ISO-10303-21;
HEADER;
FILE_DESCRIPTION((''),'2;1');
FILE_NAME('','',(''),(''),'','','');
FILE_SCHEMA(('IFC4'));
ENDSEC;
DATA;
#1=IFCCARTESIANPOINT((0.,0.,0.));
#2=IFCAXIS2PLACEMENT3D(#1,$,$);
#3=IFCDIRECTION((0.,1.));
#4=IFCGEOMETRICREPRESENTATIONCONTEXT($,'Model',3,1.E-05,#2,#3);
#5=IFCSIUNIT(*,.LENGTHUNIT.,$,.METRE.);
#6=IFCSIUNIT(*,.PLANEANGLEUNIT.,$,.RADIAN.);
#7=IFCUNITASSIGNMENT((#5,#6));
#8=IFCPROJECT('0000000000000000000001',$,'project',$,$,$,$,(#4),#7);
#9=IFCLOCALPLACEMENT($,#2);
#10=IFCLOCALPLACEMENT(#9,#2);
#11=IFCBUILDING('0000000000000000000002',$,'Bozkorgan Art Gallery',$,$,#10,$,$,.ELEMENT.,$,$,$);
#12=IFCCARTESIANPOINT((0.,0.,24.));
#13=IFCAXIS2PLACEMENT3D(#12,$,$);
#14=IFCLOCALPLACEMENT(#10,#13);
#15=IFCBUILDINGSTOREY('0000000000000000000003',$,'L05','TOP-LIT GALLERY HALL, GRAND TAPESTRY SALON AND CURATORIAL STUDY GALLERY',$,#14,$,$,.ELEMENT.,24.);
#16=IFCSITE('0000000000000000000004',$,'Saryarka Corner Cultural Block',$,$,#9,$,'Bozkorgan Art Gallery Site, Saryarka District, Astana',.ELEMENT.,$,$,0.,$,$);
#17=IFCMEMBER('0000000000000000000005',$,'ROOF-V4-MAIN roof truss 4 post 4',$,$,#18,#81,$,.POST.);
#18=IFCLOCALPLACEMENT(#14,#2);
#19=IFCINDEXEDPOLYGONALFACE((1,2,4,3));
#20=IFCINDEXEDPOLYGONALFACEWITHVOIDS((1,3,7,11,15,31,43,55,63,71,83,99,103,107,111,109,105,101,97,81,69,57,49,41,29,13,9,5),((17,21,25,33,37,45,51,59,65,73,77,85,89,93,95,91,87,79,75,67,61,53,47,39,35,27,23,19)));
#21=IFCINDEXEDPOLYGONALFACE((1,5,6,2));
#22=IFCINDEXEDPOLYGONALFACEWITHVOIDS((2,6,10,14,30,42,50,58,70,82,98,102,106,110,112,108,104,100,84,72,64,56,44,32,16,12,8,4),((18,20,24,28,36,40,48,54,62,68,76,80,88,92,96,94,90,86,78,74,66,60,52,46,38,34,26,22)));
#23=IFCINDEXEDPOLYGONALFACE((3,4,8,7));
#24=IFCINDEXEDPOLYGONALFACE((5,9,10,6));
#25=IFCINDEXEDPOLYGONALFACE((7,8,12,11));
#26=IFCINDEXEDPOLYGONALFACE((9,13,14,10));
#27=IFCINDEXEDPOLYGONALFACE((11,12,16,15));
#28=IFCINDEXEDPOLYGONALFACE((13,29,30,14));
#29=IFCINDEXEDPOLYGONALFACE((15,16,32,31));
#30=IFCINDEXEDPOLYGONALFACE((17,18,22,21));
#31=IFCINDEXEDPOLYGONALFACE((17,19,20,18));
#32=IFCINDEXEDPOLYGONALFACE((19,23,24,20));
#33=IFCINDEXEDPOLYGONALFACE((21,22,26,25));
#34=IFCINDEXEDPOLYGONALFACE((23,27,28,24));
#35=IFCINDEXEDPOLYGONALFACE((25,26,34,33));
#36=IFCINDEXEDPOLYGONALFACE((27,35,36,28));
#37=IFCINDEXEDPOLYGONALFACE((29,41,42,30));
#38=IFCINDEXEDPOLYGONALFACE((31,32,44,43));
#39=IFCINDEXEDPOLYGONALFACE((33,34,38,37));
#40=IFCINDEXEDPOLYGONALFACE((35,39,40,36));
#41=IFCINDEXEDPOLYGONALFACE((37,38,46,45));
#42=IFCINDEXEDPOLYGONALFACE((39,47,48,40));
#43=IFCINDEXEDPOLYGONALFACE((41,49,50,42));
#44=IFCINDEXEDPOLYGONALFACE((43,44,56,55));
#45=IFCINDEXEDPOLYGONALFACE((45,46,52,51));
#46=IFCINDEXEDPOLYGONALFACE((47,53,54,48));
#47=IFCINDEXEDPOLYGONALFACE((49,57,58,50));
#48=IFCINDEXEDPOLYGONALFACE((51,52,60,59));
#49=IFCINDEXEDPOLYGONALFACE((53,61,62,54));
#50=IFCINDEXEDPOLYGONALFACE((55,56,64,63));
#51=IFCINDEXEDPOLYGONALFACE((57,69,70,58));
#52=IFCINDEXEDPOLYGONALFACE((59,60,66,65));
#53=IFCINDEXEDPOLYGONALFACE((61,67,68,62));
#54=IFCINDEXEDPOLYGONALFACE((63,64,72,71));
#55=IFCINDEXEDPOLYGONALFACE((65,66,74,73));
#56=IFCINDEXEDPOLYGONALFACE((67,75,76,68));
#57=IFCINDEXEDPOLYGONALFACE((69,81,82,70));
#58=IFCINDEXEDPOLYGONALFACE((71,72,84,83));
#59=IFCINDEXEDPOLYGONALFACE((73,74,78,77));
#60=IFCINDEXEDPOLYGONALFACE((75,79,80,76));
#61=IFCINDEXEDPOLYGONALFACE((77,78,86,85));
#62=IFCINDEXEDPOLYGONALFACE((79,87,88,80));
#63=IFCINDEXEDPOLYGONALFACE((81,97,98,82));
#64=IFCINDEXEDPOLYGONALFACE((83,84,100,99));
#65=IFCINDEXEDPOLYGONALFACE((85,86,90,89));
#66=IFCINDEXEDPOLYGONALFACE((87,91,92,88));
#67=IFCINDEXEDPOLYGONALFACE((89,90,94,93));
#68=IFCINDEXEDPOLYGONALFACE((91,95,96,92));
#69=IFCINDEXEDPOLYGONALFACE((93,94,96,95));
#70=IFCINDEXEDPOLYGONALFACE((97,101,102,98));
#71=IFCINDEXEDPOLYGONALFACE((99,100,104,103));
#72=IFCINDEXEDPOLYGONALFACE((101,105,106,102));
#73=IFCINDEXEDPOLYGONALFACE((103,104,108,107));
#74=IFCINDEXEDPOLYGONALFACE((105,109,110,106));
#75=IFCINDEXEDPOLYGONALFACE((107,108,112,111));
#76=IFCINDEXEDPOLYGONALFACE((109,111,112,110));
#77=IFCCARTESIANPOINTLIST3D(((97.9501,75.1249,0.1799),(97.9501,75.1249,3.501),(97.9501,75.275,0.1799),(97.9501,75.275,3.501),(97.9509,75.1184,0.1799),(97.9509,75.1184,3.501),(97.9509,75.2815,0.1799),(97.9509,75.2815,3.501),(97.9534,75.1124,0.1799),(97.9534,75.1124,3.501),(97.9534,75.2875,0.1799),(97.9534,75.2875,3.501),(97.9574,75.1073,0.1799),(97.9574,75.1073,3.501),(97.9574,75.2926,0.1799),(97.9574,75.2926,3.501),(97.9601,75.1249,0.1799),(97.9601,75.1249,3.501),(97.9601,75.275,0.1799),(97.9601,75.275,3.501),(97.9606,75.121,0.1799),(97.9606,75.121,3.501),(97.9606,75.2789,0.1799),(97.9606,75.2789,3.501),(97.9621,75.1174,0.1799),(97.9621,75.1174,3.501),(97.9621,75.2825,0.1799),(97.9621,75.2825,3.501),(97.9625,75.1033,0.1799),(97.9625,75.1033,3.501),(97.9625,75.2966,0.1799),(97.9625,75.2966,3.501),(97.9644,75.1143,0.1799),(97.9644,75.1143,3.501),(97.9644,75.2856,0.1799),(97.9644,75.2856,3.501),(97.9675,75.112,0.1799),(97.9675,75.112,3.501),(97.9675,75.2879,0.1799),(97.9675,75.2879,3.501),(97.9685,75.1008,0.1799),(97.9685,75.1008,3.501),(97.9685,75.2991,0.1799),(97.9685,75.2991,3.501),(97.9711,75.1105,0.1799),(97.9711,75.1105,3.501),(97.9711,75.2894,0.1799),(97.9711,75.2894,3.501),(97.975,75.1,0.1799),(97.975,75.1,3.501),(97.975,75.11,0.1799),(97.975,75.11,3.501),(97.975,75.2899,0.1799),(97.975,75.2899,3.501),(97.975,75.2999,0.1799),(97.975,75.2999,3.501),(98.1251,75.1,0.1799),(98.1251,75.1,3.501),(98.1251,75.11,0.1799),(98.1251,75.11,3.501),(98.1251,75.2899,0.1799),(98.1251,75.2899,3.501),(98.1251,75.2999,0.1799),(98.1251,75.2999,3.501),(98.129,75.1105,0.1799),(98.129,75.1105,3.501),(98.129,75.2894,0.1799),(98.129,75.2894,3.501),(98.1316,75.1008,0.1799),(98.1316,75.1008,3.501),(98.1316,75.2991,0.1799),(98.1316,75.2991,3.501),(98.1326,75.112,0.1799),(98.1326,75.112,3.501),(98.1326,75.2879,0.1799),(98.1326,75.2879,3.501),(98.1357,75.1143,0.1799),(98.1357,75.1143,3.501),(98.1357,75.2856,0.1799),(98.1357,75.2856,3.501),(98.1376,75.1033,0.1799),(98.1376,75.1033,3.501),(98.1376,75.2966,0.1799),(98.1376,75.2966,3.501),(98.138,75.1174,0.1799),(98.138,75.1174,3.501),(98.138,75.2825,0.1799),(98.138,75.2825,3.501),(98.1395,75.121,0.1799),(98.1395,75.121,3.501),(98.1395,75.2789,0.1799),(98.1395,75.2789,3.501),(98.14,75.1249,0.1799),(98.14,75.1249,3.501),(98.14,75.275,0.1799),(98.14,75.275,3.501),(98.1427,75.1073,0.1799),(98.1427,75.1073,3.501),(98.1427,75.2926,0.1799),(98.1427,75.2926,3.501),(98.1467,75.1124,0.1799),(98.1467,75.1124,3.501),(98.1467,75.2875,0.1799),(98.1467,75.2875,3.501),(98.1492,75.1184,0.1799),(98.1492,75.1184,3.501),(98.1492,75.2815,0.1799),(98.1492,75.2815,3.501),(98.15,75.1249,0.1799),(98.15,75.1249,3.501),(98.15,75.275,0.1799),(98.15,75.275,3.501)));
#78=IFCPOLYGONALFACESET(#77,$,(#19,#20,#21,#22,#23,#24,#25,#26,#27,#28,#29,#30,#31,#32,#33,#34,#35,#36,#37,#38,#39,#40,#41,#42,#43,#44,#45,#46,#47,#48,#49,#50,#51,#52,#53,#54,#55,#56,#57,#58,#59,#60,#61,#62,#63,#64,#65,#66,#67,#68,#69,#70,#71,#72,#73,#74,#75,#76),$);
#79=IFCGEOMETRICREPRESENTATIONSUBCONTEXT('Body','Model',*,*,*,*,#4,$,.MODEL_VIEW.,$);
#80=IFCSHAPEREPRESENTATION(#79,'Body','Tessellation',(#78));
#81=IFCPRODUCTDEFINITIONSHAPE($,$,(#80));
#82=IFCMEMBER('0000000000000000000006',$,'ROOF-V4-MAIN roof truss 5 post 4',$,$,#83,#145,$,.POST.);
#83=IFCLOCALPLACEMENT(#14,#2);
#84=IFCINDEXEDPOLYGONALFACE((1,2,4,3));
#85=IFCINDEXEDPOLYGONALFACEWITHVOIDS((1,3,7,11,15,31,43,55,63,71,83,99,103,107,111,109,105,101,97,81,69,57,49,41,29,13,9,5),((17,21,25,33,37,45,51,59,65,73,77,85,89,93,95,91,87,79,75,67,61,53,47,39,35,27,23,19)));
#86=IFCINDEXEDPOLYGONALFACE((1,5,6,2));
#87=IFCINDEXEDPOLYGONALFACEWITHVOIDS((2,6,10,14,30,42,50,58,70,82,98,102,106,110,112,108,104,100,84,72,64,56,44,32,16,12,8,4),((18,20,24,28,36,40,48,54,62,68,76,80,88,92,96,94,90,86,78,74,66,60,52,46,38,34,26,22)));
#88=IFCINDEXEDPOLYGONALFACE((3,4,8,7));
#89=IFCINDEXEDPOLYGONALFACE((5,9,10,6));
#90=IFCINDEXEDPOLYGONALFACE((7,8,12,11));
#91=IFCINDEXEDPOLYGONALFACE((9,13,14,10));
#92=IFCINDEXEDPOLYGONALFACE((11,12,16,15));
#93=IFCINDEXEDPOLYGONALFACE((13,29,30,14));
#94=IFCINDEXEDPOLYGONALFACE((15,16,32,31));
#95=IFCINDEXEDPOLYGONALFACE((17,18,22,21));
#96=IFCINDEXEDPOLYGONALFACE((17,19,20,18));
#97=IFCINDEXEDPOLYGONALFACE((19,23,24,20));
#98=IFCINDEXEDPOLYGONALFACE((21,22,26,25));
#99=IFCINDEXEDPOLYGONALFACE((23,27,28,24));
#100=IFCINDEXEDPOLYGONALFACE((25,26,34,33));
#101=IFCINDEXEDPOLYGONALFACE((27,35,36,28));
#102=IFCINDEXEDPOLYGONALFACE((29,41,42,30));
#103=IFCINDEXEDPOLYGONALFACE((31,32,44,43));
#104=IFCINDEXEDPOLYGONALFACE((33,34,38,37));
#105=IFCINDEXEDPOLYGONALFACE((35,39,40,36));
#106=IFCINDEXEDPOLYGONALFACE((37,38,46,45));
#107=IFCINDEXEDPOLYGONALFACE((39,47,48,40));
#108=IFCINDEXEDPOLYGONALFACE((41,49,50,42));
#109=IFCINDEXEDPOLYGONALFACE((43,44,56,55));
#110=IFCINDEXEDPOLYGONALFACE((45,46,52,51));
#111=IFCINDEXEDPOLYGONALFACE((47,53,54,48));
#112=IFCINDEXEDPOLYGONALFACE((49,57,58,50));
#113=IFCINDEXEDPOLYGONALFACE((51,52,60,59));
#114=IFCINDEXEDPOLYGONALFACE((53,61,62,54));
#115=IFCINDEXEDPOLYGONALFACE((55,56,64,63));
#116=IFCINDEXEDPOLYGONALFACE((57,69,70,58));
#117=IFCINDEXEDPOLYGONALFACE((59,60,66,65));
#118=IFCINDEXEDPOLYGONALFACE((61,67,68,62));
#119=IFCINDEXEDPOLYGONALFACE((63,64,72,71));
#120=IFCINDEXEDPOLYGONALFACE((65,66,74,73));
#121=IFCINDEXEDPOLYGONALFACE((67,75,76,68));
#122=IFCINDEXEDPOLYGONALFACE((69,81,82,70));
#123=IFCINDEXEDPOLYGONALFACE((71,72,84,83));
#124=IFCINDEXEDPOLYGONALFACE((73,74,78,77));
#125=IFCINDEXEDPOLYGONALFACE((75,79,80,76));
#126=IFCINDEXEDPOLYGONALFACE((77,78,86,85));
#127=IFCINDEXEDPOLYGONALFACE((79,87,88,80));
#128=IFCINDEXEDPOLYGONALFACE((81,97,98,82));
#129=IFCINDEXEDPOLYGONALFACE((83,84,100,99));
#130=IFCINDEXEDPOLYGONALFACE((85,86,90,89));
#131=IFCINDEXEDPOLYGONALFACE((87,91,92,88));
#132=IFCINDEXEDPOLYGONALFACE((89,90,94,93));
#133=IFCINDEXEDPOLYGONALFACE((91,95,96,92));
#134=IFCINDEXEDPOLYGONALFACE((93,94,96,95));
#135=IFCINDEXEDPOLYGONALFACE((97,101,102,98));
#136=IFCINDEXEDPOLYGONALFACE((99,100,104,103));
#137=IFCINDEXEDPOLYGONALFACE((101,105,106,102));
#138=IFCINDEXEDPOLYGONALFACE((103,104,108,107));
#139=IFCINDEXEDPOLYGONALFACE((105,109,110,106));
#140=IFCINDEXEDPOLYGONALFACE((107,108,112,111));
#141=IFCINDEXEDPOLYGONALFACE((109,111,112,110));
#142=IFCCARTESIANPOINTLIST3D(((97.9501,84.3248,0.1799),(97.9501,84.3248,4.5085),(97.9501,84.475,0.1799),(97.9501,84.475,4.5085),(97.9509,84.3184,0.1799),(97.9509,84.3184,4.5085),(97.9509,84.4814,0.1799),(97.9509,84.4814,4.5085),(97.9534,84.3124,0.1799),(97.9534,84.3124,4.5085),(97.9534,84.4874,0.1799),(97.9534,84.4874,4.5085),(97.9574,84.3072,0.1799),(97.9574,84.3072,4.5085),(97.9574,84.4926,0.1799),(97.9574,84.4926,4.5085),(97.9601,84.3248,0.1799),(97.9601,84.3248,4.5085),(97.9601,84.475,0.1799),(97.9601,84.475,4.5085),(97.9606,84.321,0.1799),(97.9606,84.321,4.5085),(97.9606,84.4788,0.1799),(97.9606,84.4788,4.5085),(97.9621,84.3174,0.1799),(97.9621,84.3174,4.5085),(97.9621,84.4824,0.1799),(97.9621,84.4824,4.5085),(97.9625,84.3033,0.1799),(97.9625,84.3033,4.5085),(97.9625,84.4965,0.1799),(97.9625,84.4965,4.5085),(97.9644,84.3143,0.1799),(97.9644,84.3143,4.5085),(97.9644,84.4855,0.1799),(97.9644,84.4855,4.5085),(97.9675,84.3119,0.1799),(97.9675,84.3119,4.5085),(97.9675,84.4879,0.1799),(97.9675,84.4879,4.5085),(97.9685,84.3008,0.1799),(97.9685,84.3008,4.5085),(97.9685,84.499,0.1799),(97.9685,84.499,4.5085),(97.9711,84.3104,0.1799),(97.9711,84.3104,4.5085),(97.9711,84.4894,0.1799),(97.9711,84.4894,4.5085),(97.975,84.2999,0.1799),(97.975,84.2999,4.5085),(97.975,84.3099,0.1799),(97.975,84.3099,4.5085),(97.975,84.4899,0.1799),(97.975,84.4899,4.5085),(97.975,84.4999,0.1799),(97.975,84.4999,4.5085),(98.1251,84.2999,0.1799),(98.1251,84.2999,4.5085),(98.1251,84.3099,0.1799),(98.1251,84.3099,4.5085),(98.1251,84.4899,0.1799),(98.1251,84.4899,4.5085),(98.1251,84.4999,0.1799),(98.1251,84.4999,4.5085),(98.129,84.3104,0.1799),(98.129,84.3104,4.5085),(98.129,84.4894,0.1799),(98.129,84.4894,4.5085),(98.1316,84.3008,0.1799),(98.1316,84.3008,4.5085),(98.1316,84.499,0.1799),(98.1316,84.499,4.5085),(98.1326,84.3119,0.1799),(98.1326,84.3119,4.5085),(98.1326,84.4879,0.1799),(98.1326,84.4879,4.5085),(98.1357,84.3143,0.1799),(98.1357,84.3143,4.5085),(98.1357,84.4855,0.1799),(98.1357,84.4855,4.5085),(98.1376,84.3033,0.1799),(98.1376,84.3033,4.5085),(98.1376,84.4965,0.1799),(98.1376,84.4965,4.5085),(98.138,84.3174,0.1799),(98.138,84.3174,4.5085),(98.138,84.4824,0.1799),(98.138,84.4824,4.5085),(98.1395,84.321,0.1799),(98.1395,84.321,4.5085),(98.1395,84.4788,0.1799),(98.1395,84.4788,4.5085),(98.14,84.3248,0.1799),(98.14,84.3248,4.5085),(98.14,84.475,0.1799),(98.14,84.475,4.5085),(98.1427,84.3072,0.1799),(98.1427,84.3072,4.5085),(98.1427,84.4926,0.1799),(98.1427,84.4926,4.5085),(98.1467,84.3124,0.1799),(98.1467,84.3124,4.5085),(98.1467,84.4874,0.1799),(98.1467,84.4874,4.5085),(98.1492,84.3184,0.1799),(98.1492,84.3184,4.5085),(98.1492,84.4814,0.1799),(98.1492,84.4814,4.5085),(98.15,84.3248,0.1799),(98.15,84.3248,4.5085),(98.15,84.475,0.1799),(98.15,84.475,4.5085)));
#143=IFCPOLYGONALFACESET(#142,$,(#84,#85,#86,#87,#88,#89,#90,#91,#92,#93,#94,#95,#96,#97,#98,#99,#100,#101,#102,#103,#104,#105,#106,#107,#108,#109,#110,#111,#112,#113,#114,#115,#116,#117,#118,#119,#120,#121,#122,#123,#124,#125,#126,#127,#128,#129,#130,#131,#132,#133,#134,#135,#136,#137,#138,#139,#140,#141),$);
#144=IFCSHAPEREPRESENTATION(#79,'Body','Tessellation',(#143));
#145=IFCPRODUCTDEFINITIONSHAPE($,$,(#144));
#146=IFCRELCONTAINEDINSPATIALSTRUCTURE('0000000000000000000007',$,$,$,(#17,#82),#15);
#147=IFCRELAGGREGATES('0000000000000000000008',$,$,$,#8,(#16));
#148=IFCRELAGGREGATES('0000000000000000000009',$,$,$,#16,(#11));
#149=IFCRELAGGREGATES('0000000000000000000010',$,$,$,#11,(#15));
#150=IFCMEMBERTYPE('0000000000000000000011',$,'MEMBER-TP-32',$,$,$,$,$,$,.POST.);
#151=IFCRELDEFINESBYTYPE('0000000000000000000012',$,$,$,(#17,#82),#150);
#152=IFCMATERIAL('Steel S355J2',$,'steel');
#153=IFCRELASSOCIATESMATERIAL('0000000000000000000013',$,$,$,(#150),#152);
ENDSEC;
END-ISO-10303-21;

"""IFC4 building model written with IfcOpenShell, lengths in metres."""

from ifc_helpers import new_model, si_unit, direction, frame, origin, origin_2d, place, context, subcontext, project, spatial, hollow_rectangle, extrude, material, material_profile, profile_set, type_object, element, save


model = new_model("IFC4")

# Units and contexts
model_context = context("Model", 3, precision=1e-05, world=origin(), true_north=direction((0.0, 1.0)))
body_context = subcontext(model_context, "Body", "Model", "MODEL_VIEW")
ifc_project = project(units=[si_unit("LENGTHUNIT", "METRE"), si_unit("PLANEANGLEUNIT", "RADIAN")], contexts=[model_context])

# Site, building, storey
site_placement = place(None, origin())
site = spatial("IfcSite", under=ifc_project, at=site_placement, Name="Saryarka Corner Cultural Block", LongName="Bozkorgan Art Gallery Site, Saryarka District, Astana", CompositionType="ELEMENT", RefElevation=0.0)
building_placement = place(site_placement, origin())
building = spatial("IfcBuilding", under=site, at=building_placement, Name="Bozkorgan Art Gallery", CompositionType="ELEMENT")
storey_placement = place(building_placement, frame((0.0, 0.0, 24.0)))
storey = spatial("IfcBuildingStorey", under=building, at=storey_placement, Name="L05", Description="TOP-LIT GALLERY HALL, GRAND TAPESTRY SALON AND CURATORIAL STUDY GALLERY", CompositionType="ELEMENT", Elevation=24.0)

# Members
ifc_material = material(Name="Steel S355J2", Category="steel")
ifc_material_profile_1 = material_profile(ifc_material, hollow_rectangle(XDim=0.2, YDim=0.2, WallThickness=0.01, InnerFilletRadius=0.0149, OuterFilletRadius=0.0249, at=origin_2d()), Name="SHS 200x200x10")
ifc_profile_set_1 = profile_set([ifc_material_profile_1], Name="Steel S355J2")
member_type_1 = type_object("IfcMemberType", Name="MEMBER-TP-32", PredefinedType="POST", material=ifc_profile_set_1)
member_1_placement = place(storey_placement, frame((98.05, 75.2, 0.1799), z_axis=(0.0, 0.0, 1.0), x_axis=(1.0, 0.0, 0.0)))
element("IfcMember", 1, at=member_1_placement, inside=storey, type_object=member_type_1, Name="ROOF-V4-MAIN roof truss 4 post 4", PredefinedType="POST", context=body_context, shape_type="SweptSolid", body=[
    extrude(hollow_rectangle(XDim=0.2, YDim=0.2, WallThickness=0.01, InnerFilletRadius=0.0149, OuterFilletRadius=0.0249, at=origin_2d()), origin(), (0.0, 0.0, 1.0), 3.321),
])
member_2_placement = place(storey_placement, frame((98.05, 84.3999, 0.1799), z_axis=(0.0, 0.0, 1.0), x_axis=(1.0, 0.0, 0.0)))
element("IfcMember", 2, at=member_2_placement, inside=storey, type_object=member_type_1, Name="ROOF-V4-MAIN roof truss 5 post 4", PredefinedType="POST", context=body_context, shape_type="SweptSolid", body=[
    extrude(hollow_rectangle(XDim=0.2, YDim=0.2, WallThickness=0.01, InnerFilletRadius=0.0149, OuterFilletRadius=0.0249, at=origin_2d()), origin(), (0.0, 0.0, 1.0), 4.3286),
])

save(model, "model.ifc")
